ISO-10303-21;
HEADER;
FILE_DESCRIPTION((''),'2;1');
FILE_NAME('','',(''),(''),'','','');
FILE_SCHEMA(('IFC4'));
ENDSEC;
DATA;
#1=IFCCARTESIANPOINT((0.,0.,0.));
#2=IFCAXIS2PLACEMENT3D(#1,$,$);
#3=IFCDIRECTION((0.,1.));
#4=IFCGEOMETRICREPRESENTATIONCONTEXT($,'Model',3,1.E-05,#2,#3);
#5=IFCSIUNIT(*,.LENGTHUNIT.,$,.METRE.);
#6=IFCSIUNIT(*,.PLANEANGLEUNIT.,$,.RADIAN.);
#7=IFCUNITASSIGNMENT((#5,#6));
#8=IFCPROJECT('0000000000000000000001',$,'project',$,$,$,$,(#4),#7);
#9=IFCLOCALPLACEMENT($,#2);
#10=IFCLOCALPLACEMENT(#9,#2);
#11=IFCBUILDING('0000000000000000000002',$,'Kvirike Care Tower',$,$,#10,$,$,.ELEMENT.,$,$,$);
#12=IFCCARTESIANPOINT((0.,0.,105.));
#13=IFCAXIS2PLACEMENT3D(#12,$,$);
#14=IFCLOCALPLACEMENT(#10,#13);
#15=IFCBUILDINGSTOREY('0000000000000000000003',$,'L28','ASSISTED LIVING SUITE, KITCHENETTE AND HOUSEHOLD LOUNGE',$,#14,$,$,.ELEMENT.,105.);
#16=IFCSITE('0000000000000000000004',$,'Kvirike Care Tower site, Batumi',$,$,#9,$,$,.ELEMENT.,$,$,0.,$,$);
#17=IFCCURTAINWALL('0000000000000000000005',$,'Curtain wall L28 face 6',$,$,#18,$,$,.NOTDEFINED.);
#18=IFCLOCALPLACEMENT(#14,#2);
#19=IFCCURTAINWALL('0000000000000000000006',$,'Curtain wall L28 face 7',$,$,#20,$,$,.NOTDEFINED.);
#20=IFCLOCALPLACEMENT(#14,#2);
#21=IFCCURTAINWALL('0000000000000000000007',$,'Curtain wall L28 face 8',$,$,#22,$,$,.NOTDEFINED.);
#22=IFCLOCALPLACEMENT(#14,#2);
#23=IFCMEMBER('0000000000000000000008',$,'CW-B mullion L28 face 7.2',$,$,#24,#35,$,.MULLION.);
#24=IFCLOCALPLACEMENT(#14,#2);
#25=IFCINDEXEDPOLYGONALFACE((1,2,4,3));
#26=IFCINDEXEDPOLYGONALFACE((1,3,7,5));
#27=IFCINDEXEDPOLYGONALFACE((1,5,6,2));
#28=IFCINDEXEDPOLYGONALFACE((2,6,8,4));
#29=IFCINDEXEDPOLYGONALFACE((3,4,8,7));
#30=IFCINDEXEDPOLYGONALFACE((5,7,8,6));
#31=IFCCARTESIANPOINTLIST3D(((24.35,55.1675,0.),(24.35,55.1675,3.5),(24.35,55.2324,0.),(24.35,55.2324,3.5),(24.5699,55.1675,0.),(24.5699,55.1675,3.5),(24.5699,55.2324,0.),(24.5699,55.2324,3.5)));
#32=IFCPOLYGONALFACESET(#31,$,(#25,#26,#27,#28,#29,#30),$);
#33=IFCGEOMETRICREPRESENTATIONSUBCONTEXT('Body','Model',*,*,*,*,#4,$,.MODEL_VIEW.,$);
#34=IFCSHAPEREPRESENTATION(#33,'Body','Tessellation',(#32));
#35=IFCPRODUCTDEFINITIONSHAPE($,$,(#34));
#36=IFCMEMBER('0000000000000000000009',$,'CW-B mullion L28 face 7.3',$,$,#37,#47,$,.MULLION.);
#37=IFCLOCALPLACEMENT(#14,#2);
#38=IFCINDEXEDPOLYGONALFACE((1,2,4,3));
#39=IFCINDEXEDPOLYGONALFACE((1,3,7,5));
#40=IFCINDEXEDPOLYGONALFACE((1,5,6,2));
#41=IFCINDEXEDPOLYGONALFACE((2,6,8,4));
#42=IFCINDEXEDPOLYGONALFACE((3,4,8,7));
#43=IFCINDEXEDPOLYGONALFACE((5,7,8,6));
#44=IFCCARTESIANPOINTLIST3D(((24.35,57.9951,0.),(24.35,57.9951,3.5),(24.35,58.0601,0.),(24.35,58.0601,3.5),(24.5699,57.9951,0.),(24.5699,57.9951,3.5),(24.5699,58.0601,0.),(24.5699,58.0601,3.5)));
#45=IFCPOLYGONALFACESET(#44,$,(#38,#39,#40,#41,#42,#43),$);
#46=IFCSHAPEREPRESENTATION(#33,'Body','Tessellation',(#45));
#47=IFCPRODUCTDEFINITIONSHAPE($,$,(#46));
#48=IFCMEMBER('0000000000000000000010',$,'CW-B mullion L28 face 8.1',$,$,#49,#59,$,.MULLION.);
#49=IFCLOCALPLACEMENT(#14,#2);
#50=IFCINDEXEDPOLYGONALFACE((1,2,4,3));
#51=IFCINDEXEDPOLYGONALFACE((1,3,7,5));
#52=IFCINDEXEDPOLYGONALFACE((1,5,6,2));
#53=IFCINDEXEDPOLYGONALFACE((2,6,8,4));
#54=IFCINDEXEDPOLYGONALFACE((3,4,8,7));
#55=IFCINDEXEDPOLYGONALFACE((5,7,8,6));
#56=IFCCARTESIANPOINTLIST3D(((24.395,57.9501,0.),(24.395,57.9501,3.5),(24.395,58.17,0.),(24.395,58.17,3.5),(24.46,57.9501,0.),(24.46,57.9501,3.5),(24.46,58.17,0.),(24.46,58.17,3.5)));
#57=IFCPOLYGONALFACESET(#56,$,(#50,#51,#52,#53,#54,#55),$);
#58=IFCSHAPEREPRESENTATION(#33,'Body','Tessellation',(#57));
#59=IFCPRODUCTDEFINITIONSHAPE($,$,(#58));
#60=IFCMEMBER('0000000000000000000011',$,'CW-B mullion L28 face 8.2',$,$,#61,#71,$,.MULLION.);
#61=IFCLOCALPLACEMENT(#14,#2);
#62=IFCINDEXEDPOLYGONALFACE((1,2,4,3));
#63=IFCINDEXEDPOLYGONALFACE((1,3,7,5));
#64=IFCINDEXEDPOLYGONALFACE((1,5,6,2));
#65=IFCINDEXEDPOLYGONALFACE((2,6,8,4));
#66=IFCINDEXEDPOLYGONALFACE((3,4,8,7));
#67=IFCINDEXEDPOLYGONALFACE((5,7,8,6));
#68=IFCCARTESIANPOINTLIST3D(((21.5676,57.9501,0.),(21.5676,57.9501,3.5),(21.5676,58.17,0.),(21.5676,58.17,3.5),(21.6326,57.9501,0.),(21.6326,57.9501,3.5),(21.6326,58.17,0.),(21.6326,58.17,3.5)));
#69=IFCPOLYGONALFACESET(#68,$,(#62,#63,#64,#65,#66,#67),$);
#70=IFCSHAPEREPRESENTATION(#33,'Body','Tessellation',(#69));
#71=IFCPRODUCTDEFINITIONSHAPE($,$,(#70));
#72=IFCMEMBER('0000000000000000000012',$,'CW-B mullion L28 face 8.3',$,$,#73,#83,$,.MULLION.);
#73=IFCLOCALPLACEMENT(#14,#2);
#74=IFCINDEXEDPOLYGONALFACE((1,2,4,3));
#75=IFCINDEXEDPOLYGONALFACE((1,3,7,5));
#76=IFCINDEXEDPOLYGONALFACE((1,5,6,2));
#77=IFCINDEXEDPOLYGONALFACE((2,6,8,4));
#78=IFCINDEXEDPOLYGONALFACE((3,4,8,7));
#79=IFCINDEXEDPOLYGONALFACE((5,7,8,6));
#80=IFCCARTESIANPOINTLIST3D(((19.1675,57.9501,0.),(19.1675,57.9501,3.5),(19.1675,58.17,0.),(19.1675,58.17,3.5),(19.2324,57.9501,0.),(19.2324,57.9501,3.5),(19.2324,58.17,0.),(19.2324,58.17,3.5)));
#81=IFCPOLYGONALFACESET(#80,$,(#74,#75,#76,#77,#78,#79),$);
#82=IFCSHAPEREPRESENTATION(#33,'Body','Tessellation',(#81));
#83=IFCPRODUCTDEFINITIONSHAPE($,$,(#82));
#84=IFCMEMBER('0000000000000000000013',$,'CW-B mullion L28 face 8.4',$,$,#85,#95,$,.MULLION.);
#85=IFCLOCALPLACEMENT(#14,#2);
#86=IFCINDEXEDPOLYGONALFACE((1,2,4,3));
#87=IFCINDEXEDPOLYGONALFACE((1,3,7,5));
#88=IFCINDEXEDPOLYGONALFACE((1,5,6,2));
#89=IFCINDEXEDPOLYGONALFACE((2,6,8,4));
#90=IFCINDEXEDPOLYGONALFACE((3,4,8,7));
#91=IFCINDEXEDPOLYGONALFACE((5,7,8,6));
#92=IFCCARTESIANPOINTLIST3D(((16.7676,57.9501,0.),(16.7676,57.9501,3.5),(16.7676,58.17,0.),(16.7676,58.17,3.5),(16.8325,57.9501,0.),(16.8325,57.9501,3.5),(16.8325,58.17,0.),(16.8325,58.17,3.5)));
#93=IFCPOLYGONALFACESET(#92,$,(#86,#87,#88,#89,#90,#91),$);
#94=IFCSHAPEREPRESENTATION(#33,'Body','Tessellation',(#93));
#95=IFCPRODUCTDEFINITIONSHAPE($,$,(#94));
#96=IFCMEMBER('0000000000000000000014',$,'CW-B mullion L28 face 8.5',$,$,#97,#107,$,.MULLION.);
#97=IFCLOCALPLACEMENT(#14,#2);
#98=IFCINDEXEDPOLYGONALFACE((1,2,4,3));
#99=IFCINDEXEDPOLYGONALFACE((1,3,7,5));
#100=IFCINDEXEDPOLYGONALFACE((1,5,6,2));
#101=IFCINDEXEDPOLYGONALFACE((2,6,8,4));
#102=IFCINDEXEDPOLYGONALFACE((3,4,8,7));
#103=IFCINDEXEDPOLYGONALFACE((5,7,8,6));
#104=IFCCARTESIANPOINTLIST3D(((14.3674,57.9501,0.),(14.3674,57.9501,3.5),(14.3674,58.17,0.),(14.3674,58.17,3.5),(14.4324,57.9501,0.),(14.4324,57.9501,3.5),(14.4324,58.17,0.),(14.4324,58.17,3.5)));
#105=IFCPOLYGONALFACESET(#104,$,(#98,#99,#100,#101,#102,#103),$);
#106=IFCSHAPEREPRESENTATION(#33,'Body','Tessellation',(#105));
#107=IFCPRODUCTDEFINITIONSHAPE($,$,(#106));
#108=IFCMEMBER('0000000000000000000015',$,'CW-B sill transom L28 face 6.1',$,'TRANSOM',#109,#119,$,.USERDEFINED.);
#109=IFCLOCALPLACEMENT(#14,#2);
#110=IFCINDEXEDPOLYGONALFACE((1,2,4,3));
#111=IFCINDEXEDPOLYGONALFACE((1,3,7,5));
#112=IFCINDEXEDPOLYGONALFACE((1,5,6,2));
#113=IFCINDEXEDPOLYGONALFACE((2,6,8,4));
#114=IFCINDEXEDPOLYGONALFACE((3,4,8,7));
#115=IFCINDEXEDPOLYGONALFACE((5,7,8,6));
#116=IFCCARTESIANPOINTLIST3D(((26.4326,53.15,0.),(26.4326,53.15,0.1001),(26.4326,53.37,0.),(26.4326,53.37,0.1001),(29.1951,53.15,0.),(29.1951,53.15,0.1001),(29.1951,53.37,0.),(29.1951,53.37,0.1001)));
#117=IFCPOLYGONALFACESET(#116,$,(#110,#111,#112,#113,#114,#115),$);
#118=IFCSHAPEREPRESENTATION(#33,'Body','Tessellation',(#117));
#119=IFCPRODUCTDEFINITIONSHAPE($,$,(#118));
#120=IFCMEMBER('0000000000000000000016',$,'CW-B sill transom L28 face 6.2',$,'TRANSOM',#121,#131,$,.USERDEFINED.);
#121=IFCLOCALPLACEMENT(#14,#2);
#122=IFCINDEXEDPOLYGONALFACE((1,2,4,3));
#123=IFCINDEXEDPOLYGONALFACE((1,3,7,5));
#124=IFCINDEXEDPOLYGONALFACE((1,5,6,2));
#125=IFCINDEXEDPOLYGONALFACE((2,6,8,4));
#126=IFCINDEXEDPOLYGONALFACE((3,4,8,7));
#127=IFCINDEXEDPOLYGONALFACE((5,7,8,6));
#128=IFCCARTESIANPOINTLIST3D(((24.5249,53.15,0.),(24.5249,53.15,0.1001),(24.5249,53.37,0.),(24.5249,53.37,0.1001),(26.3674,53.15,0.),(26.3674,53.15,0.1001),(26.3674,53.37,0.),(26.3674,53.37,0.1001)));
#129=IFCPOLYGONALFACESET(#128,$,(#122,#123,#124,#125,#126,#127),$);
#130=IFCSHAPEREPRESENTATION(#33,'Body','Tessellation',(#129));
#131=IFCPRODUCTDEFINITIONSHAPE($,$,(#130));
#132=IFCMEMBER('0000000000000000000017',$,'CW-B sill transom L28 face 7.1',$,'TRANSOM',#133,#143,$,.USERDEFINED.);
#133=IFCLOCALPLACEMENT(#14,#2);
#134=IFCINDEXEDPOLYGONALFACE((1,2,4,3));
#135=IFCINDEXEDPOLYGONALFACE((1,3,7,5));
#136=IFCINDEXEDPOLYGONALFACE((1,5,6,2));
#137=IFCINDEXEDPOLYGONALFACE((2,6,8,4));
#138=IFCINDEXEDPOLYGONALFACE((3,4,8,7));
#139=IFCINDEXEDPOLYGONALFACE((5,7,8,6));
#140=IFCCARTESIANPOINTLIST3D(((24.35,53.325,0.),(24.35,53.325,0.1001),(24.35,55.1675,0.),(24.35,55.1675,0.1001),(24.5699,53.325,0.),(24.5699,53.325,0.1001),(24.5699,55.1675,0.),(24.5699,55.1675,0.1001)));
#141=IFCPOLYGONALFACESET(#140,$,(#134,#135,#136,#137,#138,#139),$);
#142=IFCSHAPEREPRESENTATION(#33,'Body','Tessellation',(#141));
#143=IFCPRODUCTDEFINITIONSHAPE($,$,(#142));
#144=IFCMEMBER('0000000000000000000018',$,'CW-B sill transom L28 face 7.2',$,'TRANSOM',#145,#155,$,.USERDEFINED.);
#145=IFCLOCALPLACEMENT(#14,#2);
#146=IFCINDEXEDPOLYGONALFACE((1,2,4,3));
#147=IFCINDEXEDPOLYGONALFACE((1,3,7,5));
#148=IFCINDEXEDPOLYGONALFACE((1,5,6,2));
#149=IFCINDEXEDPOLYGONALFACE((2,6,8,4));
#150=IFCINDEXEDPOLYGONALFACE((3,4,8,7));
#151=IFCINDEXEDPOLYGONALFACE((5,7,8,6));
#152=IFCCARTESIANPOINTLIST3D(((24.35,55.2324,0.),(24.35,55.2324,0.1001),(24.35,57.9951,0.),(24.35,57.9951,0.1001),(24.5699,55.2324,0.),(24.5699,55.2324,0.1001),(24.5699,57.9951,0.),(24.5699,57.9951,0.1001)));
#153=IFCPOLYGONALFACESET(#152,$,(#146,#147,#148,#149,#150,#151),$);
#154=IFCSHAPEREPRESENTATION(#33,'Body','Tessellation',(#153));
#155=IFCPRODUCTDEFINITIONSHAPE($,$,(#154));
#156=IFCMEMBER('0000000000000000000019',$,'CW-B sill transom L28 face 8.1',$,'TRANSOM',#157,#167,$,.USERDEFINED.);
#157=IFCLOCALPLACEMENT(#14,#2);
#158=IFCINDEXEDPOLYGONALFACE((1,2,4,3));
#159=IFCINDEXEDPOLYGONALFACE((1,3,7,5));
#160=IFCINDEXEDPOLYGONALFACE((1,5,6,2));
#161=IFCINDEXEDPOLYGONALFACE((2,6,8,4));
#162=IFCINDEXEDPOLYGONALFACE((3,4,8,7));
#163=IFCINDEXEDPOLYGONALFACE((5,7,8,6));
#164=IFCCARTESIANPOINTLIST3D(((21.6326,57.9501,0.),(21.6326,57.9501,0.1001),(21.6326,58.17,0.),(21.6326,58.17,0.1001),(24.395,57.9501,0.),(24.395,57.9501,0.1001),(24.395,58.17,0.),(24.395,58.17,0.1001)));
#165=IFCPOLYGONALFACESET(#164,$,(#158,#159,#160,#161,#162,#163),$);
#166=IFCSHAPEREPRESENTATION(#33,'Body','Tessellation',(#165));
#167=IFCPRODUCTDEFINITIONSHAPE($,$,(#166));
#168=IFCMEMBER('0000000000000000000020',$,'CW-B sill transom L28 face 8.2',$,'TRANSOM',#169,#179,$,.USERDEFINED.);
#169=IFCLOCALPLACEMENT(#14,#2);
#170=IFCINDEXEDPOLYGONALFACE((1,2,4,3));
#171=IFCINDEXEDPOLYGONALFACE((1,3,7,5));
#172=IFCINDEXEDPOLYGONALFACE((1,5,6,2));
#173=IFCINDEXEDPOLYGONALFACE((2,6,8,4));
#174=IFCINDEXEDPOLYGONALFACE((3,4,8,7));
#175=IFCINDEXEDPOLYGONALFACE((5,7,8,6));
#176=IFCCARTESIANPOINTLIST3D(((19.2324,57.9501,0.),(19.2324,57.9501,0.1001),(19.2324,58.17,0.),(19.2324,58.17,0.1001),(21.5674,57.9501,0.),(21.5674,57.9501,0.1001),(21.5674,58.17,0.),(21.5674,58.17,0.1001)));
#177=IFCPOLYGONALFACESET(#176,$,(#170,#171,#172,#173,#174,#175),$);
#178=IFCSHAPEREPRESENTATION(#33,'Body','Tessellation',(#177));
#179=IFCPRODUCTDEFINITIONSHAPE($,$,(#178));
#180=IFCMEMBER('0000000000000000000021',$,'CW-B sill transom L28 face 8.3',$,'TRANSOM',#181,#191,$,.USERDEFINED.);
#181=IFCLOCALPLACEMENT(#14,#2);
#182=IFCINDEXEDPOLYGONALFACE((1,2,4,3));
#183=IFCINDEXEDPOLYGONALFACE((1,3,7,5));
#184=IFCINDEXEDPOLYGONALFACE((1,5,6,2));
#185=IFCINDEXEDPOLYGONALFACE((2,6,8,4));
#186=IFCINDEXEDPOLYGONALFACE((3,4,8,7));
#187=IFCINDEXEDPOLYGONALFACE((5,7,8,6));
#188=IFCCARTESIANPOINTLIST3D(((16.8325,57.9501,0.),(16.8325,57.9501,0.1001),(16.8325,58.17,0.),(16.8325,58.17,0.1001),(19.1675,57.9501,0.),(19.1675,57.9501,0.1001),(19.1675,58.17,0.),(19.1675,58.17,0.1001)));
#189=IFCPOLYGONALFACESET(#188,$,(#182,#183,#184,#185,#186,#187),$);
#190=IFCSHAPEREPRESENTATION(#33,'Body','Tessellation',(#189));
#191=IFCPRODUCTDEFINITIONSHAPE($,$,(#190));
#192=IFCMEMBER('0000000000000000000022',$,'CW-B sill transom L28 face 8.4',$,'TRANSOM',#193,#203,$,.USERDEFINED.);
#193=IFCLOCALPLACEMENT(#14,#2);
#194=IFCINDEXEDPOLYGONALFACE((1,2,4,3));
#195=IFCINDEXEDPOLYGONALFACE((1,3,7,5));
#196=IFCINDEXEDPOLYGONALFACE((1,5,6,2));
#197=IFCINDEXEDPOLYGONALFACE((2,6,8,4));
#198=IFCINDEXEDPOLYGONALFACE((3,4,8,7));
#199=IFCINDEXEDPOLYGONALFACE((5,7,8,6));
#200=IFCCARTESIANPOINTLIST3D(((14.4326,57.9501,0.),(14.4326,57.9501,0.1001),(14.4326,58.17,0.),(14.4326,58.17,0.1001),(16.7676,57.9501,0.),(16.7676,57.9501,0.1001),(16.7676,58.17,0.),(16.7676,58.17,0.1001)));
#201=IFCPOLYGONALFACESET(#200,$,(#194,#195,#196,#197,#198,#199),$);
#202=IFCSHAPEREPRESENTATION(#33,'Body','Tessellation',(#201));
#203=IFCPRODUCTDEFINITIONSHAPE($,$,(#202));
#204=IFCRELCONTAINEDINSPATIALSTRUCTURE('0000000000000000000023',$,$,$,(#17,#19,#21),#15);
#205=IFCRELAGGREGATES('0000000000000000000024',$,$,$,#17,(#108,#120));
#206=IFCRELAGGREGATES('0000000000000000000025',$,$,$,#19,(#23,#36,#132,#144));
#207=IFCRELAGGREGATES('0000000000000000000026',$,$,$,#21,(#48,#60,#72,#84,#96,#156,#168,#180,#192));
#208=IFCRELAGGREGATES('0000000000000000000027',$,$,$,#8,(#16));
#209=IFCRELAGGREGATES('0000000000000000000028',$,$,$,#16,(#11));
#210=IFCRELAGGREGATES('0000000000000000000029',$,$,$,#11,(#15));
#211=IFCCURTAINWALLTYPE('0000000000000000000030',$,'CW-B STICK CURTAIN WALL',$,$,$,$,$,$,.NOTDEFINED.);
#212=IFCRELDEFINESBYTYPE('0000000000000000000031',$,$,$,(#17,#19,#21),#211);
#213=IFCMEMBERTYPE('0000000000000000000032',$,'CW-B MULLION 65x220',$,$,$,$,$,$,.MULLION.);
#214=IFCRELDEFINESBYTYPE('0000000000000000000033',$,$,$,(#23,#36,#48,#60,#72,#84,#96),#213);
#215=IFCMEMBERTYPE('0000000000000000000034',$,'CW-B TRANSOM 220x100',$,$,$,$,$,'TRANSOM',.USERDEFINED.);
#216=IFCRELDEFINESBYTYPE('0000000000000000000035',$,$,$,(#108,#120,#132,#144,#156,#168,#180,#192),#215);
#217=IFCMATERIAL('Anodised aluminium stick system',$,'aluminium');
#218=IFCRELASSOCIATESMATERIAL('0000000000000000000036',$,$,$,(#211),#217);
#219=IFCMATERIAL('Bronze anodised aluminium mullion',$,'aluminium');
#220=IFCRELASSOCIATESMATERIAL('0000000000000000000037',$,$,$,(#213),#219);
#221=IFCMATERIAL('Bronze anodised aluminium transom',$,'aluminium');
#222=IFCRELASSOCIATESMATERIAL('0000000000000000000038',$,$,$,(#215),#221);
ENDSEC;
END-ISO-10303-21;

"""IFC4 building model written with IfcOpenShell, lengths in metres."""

from ifc_helpers import new_model, si_unit, direction, frame, origin, origin_2d, place, context, subcontext, project, spatial, rectangle, extrude, material, material_profile, profile_set, type_object, element, aggregate, save


model = new_model("IFC4")

# Units and contexts
model_context = context("Model", 3, precision=1e-05, world=origin(), true_north=direction((0.0, 1.0)))
body_context = subcontext(model_context, "Body", "Model", "MODEL_VIEW")
ifc_project = project(units=[si_unit("LENGTHUNIT", "METRE"), si_unit("PLANEANGLEUNIT", "RADIAN")], contexts=[model_context])

# Site, building, storey
site_placement = place(None, origin())
site = spatial("IfcSite", under=ifc_project, at=site_placement, Name="Kvirike Care Tower site, Batumi", CompositionType="ELEMENT", RefElevation=0.0)
building_placement = place(site_placement, origin())
building = spatial("IfcBuilding", under=site, at=building_placement, Name="Kvirike Care Tower", CompositionType="ELEMENT")
storey_placement = place(building_placement, frame((0.0, 0.0, 105.0)))
storey = spatial("IfcBuildingStorey", under=building, at=storey_placement, Name="L28", Description="ASSISTED LIVING SUITE, KITCHENETTE AND HOUSEHOLD LOUNGE", CompositionType="ELEMENT", Elevation=105.0)

# Curtain walls
ifc_material_1 = material(Name="Anodised aluminium stick system", Category="aluminium")
curtain_wall_type = type_object("IfcCurtainWallType", Name="CW-B STICK CURTAIN WALL", PredefinedType="NOTDEFINED", material=ifc_material_1)
curtain_wall_1_placement = place(storey_placement, origin())
curtain_wall_1 = element("IfcCurtainWall", 1, at=curtain_wall_1_placement, inside=storey, type_object=curtain_wall_type, Name="Curtain wall L28 face 6", PredefinedType="NOTDEFINED")
curtain_wall_2_placement = place(storey_placement, origin())
curtain_wall_2 = element("IfcCurtainWall", 2, at=curtain_wall_2_placement, inside=storey, type_object=curtain_wall_type, Name="Curtain wall L28 face 7", PredefinedType="NOTDEFINED")
curtain_wall_3_placement = place(storey_placement, origin())
curtain_wall_3 = element("IfcCurtainWall", 3, at=curtain_wall_3_placement, inside=storey, type_object=curtain_wall_type, Name="Curtain wall L28 face 8", PredefinedType="NOTDEFINED")

# Members
ifc_material_2 = material(Name="Bronze anodised aluminium mullion", Category="aluminium")
ifc_material_profile_1 = material_profile(ifc_material_2, rectangle(XDim=0.0649, YDim=0.22, at=origin_2d()), Name="CW-B MULLION 65x220")
ifc_profile_set_1 = profile_set([ifc_material_profile_1], Name="Bronze anodised aluminium mullion")
member_type_1 = type_object("IfcMemberType", Name="CW-B MULLION 65x220", PredefinedType="MULLION", material=ifc_profile_set_1)
member_1_placement = place(storey_placement, frame((24.46, 55.2, 0.0), z_axis=(0.0, 0.0, 1.0), x_axis=(0.0, 1.0, 0.0)))
member_1 = element("IfcMember", 4, at=member_1_placement, type_object=member_type_1, Name="CW-B mullion L28 face 7.2", PredefinedType="MULLION", context=body_context, shape_type="SweptSolid", body=[
    extrude(rectangle(XDim=0.0649, YDim=0.22, at=origin_2d()), origin(), (0.0, 0.0, 1.0), 3.5),
])
member_2_placement = place(storey_placement, frame((24.46, 58.0276, 0.0), z_axis=(0.0, 0.0, 1.0), x_axis=(0.0, 1.0, 0.0)))
member_2 = element("IfcMember", 5, at=member_2_placement, type_object=member_type_1, Name="CW-B mullion L28 face 7.3", PredefinedType="MULLION", context=body_context, shape_type="SweptSolid", body=[
    extrude(rectangle(XDim=0.0649, YDim=0.22, at=origin_2d()), origin(), (0.0, 0.0, 1.0), 3.5),
])
member_3_placement = place(storey_placement, frame((24.4275, 58.0601, 0.0), z_axis=(0.0, 0.0, 1.0), x_axis=(-1.0, 0.0, 0.0)))
member_3 = element("IfcMember", 6, at=member_3_placement, type_object=member_type_1, Name="CW-B mullion L28 face 8.1", PredefinedType="MULLION", context=body_context, shape_type="SweptSolid", body=[
    extrude(rectangle(XDim=0.0649, YDim=0.22, at=origin_2d()), origin(), (0.0, 0.0, 1.0), 3.5),
])
member_4_placement = place(storey_placement, frame((21.6001, 58.0601, 0.0), z_axis=(0.0, 0.0, 1.0), x_axis=(-1.0, 0.0, 0.0)))
member_4 = element("IfcMember", 7, at=member_4_placement, type_object=member_type_1, Name="CW-B mullion L28 face 8.2", PredefinedType="MULLION", context=body_context, shape_type="SweptSolid", body=[
    extrude(rectangle(XDim=0.0649, YDim=0.22, at=origin_2d()), origin(), (0.0, 0.0, 1.0), 3.5),
])
member_5_placement = place(storey_placement, frame((19.2, 58.0601, 0.0), z_axis=(0.0, 0.0, 1.0), x_axis=(-1.0, 0.0, 0.0)))
member_5 = element("IfcMember", 8, at=member_5_placement, type_object=member_type_1, Name="CW-B mullion L28 face 8.3", PredefinedType="MULLION", context=body_context, shape_type="SweptSolid", body=[
    extrude(rectangle(XDim=0.0649, YDim=0.22, at=origin_2d()), origin(), (0.0, 0.0, 1.0), 3.5),
])
member_6_placement = place(storey_placement, frame((16.8, 58.0601, 0.0), z_axis=(0.0, 0.0, 1.0), x_axis=(-1.0, 0.0, 0.0)))
member_6 = element("IfcMember", 9, at=member_6_placement, type_object=member_type_1, Name="CW-B mullion L28 face 8.4", PredefinedType="MULLION", context=body_context, shape_type="SweptSolid", body=[
    extrude(rectangle(XDim=0.0649, YDim=0.22, at=origin_2d()), origin(), (0.0, 0.0, 1.0), 3.5),
])
member_7_placement = place(storey_placement, frame((14.3999, 58.0601, 0.0), z_axis=(0.0, 0.0, 1.0), x_axis=(-1.0, 0.0, 0.0)))
member_7 = element("IfcMember", 10, at=member_7_placement, type_object=member_type_1, Name="CW-B mullion L28 face 8.5", PredefinedType="MULLION", context=body_context, shape_type="SweptSolid", body=[
    extrude(rectangle(XDim=0.0649, YDim=0.22, at=origin_2d()), origin(), (0.0, 0.0, 1.0), 3.5),
])
ifc_material_3 = material(Name="Bronze anodised aluminium transom", Category="aluminium")
ifc_material_profile_2 = material_profile(ifc_material_3, rectangle(XDim=0.22, YDim=0.1001, at=origin_2d()), Name="CW-B TRANSOM 220x100")
ifc_profile_set_2 = profile_set([ifc_material_profile_2], Name="Bronze anodised aluminium transom")
member_type_2 = type_object("IfcMemberType", Name="CW-B TRANSOM 220x100", ElementType="TRANSOM", PredefinedType="USERDEFINED", material=ifc_profile_set_2)
member_8_placement = place(storey_placement, frame((29.1951, 53.26, 0.05), z_axis=(-1.0, 0.0, 0.0), x_axis=(0.0, -1.0, 0.0)))
member_8 = element("IfcMember", 11, at=member_8_placement, type_object=member_type_2, Name="CW-B sill transom L28 face 6.1", ObjectType="TRANSOM", PredefinedType="USERDEFINED", context=body_context, shape_type="SweptSolid", body=[
    extrude(rectangle(XDim=0.22, YDim=0.1001, at=origin_2d()), origin(), (0.0, 0.0, 1.0), 2.7625),
])
member_9_placement = place(storey_placement, frame((26.3674, 53.26, 0.05), z_axis=(-1.0, 0.0, 0.0), x_axis=(0.0, -1.0, 0.0)))
member_9 = element("IfcMember", 12, at=member_9_placement, type_object=member_type_2, Name="CW-B sill transom L28 face 6.2", ObjectType="TRANSOM", PredefinedType="USERDEFINED", context=body_context, shape_type="SweptSolid", body=[
    extrude(rectangle(XDim=0.22, YDim=0.1001, at=origin_2d()), origin(), (0.0, 0.0, 1.0), 1.8425),
])
member_10_placement = place(storey_placement, frame((24.46, 53.325, 0.05), z_axis=(0.0, 1.0, 0.0), x_axis=(-1.0, 0.0, 0.0)))
member_10 = element("IfcMember", 13, at=member_10_placement, type_object=member_type_2, Name="CW-B sill transom L28 face 7.1", ObjectType="TRANSOM", PredefinedType="USERDEFINED", context=body_context, shape_type="SweptSolid", body=[
    extrude(rectangle(XDim=0.22, YDim=0.1001, at=origin_2d()), origin(), (0.0, 0.0, 1.0), 1.8425),
])
member_11_placement = place(storey_placement, frame((24.46, 55.2324, 0.05), z_axis=(0.0, 1.0, 0.0), x_axis=(-1.0, 0.0, 0.0)))
member_11 = element("IfcMember", 14, at=member_11_placement, type_object=member_type_2, Name="CW-B sill transom L28 face 7.2", ObjectType="TRANSOM", PredefinedType="USERDEFINED", context=body_context, shape_type="SweptSolid", body=[
    extrude(rectangle(XDim=0.22, YDim=0.1001, at=origin_2d()), origin(), (0.0, 0.0, 1.0), 2.7627),
])
member_12_placement = place(storey_placement, frame((24.395, 58.0601, 0.05), z_axis=(-1.0, 0.0, 0.0), x_axis=(0.0, -1.0, 0.0)))
member_12 = element("IfcMember", 15, at=member_12_placement, type_object=member_type_2, Name="CW-B sill transom L28 face 8.1", ObjectType="TRANSOM", PredefinedType="USERDEFINED", context=body_context, shape_type="SweptSolid", body=[
    extrude(rectangle(XDim=0.22, YDim=0.1001, at=origin_2d()), origin(), (0.0, 0.0, 1.0), 2.7625),
])
member_13_placement = place(storey_placement, frame((21.5674, 58.0601, 0.05), z_axis=(-1.0, 0.0, 0.0), x_axis=(0.0, -1.0, 0.0)))
member_13 = element("IfcMember", 16, at=member_13_placement, type_object=member_type_2, Name="CW-B sill transom L28 face 8.2", ObjectType="TRANSOM", PredefinedType="USERDEFINED", context=body_context, shape_type="SweptSolid", body=[
    extrude(rectangle(XDim=0.22, YDim=0.1001, at=origin_2d()), origin(), (0.0, 0.0, 1.0), 2.335),
])
member_14_placement = place(storey_placement, frame((19.1675, 58.0601, 0.05), z_axis=(-1.0, 0.0, 0.0), x_axis=(0.0, -1.0, 0.0)))
member_14 = element("IfcMember", 17, at=member_14_placement, type_object=member_type_2, Name="CW-B sill transom L28 face 8.3", ObjectType="TRANSOM", PredefinedType="USERDEFINED", context=body_context, shape_type="SweptSolid", body=[
    extrude(rectangle(XDim=0.22, YDim=0.1001, at=origin_2d()), origin(), (0.0, 0.0, 1.0), 2.335),
])
member_15_placement = place(storey_placement, frame((16.7676, 58.0601, 0.05), z_axis=(-1.0, 0.0, 0.0), x_axis=(0.0, -1.0, 0.0)))
member_15 = element("IfcMember", 18, at=member_15_placement, type_object=member_type_2, Name="CW-B sill transom L28 face 8.4", ObjectType="TRANSOM", PredefinedType="USERDEFINED", context=body_context, shape_type="SweptSolid", body=[
    extrude(rectangle(XDim=0.22, YDim=0.1001, at=origin_2d()), origin(), (0.0, 0.0, 1.0), 2.335),
])

aggregate(curtain_wall_1, [member_8, member_9])
aggregate(curtain_wall_2, [member_1, member_2, member_10, member_11])
aggregate(curtain_wall_3, [member_3, member_4, member_5, member_6, member_7, member_12, member_13, member_14, member_15])

save(model, "model.ifc")
